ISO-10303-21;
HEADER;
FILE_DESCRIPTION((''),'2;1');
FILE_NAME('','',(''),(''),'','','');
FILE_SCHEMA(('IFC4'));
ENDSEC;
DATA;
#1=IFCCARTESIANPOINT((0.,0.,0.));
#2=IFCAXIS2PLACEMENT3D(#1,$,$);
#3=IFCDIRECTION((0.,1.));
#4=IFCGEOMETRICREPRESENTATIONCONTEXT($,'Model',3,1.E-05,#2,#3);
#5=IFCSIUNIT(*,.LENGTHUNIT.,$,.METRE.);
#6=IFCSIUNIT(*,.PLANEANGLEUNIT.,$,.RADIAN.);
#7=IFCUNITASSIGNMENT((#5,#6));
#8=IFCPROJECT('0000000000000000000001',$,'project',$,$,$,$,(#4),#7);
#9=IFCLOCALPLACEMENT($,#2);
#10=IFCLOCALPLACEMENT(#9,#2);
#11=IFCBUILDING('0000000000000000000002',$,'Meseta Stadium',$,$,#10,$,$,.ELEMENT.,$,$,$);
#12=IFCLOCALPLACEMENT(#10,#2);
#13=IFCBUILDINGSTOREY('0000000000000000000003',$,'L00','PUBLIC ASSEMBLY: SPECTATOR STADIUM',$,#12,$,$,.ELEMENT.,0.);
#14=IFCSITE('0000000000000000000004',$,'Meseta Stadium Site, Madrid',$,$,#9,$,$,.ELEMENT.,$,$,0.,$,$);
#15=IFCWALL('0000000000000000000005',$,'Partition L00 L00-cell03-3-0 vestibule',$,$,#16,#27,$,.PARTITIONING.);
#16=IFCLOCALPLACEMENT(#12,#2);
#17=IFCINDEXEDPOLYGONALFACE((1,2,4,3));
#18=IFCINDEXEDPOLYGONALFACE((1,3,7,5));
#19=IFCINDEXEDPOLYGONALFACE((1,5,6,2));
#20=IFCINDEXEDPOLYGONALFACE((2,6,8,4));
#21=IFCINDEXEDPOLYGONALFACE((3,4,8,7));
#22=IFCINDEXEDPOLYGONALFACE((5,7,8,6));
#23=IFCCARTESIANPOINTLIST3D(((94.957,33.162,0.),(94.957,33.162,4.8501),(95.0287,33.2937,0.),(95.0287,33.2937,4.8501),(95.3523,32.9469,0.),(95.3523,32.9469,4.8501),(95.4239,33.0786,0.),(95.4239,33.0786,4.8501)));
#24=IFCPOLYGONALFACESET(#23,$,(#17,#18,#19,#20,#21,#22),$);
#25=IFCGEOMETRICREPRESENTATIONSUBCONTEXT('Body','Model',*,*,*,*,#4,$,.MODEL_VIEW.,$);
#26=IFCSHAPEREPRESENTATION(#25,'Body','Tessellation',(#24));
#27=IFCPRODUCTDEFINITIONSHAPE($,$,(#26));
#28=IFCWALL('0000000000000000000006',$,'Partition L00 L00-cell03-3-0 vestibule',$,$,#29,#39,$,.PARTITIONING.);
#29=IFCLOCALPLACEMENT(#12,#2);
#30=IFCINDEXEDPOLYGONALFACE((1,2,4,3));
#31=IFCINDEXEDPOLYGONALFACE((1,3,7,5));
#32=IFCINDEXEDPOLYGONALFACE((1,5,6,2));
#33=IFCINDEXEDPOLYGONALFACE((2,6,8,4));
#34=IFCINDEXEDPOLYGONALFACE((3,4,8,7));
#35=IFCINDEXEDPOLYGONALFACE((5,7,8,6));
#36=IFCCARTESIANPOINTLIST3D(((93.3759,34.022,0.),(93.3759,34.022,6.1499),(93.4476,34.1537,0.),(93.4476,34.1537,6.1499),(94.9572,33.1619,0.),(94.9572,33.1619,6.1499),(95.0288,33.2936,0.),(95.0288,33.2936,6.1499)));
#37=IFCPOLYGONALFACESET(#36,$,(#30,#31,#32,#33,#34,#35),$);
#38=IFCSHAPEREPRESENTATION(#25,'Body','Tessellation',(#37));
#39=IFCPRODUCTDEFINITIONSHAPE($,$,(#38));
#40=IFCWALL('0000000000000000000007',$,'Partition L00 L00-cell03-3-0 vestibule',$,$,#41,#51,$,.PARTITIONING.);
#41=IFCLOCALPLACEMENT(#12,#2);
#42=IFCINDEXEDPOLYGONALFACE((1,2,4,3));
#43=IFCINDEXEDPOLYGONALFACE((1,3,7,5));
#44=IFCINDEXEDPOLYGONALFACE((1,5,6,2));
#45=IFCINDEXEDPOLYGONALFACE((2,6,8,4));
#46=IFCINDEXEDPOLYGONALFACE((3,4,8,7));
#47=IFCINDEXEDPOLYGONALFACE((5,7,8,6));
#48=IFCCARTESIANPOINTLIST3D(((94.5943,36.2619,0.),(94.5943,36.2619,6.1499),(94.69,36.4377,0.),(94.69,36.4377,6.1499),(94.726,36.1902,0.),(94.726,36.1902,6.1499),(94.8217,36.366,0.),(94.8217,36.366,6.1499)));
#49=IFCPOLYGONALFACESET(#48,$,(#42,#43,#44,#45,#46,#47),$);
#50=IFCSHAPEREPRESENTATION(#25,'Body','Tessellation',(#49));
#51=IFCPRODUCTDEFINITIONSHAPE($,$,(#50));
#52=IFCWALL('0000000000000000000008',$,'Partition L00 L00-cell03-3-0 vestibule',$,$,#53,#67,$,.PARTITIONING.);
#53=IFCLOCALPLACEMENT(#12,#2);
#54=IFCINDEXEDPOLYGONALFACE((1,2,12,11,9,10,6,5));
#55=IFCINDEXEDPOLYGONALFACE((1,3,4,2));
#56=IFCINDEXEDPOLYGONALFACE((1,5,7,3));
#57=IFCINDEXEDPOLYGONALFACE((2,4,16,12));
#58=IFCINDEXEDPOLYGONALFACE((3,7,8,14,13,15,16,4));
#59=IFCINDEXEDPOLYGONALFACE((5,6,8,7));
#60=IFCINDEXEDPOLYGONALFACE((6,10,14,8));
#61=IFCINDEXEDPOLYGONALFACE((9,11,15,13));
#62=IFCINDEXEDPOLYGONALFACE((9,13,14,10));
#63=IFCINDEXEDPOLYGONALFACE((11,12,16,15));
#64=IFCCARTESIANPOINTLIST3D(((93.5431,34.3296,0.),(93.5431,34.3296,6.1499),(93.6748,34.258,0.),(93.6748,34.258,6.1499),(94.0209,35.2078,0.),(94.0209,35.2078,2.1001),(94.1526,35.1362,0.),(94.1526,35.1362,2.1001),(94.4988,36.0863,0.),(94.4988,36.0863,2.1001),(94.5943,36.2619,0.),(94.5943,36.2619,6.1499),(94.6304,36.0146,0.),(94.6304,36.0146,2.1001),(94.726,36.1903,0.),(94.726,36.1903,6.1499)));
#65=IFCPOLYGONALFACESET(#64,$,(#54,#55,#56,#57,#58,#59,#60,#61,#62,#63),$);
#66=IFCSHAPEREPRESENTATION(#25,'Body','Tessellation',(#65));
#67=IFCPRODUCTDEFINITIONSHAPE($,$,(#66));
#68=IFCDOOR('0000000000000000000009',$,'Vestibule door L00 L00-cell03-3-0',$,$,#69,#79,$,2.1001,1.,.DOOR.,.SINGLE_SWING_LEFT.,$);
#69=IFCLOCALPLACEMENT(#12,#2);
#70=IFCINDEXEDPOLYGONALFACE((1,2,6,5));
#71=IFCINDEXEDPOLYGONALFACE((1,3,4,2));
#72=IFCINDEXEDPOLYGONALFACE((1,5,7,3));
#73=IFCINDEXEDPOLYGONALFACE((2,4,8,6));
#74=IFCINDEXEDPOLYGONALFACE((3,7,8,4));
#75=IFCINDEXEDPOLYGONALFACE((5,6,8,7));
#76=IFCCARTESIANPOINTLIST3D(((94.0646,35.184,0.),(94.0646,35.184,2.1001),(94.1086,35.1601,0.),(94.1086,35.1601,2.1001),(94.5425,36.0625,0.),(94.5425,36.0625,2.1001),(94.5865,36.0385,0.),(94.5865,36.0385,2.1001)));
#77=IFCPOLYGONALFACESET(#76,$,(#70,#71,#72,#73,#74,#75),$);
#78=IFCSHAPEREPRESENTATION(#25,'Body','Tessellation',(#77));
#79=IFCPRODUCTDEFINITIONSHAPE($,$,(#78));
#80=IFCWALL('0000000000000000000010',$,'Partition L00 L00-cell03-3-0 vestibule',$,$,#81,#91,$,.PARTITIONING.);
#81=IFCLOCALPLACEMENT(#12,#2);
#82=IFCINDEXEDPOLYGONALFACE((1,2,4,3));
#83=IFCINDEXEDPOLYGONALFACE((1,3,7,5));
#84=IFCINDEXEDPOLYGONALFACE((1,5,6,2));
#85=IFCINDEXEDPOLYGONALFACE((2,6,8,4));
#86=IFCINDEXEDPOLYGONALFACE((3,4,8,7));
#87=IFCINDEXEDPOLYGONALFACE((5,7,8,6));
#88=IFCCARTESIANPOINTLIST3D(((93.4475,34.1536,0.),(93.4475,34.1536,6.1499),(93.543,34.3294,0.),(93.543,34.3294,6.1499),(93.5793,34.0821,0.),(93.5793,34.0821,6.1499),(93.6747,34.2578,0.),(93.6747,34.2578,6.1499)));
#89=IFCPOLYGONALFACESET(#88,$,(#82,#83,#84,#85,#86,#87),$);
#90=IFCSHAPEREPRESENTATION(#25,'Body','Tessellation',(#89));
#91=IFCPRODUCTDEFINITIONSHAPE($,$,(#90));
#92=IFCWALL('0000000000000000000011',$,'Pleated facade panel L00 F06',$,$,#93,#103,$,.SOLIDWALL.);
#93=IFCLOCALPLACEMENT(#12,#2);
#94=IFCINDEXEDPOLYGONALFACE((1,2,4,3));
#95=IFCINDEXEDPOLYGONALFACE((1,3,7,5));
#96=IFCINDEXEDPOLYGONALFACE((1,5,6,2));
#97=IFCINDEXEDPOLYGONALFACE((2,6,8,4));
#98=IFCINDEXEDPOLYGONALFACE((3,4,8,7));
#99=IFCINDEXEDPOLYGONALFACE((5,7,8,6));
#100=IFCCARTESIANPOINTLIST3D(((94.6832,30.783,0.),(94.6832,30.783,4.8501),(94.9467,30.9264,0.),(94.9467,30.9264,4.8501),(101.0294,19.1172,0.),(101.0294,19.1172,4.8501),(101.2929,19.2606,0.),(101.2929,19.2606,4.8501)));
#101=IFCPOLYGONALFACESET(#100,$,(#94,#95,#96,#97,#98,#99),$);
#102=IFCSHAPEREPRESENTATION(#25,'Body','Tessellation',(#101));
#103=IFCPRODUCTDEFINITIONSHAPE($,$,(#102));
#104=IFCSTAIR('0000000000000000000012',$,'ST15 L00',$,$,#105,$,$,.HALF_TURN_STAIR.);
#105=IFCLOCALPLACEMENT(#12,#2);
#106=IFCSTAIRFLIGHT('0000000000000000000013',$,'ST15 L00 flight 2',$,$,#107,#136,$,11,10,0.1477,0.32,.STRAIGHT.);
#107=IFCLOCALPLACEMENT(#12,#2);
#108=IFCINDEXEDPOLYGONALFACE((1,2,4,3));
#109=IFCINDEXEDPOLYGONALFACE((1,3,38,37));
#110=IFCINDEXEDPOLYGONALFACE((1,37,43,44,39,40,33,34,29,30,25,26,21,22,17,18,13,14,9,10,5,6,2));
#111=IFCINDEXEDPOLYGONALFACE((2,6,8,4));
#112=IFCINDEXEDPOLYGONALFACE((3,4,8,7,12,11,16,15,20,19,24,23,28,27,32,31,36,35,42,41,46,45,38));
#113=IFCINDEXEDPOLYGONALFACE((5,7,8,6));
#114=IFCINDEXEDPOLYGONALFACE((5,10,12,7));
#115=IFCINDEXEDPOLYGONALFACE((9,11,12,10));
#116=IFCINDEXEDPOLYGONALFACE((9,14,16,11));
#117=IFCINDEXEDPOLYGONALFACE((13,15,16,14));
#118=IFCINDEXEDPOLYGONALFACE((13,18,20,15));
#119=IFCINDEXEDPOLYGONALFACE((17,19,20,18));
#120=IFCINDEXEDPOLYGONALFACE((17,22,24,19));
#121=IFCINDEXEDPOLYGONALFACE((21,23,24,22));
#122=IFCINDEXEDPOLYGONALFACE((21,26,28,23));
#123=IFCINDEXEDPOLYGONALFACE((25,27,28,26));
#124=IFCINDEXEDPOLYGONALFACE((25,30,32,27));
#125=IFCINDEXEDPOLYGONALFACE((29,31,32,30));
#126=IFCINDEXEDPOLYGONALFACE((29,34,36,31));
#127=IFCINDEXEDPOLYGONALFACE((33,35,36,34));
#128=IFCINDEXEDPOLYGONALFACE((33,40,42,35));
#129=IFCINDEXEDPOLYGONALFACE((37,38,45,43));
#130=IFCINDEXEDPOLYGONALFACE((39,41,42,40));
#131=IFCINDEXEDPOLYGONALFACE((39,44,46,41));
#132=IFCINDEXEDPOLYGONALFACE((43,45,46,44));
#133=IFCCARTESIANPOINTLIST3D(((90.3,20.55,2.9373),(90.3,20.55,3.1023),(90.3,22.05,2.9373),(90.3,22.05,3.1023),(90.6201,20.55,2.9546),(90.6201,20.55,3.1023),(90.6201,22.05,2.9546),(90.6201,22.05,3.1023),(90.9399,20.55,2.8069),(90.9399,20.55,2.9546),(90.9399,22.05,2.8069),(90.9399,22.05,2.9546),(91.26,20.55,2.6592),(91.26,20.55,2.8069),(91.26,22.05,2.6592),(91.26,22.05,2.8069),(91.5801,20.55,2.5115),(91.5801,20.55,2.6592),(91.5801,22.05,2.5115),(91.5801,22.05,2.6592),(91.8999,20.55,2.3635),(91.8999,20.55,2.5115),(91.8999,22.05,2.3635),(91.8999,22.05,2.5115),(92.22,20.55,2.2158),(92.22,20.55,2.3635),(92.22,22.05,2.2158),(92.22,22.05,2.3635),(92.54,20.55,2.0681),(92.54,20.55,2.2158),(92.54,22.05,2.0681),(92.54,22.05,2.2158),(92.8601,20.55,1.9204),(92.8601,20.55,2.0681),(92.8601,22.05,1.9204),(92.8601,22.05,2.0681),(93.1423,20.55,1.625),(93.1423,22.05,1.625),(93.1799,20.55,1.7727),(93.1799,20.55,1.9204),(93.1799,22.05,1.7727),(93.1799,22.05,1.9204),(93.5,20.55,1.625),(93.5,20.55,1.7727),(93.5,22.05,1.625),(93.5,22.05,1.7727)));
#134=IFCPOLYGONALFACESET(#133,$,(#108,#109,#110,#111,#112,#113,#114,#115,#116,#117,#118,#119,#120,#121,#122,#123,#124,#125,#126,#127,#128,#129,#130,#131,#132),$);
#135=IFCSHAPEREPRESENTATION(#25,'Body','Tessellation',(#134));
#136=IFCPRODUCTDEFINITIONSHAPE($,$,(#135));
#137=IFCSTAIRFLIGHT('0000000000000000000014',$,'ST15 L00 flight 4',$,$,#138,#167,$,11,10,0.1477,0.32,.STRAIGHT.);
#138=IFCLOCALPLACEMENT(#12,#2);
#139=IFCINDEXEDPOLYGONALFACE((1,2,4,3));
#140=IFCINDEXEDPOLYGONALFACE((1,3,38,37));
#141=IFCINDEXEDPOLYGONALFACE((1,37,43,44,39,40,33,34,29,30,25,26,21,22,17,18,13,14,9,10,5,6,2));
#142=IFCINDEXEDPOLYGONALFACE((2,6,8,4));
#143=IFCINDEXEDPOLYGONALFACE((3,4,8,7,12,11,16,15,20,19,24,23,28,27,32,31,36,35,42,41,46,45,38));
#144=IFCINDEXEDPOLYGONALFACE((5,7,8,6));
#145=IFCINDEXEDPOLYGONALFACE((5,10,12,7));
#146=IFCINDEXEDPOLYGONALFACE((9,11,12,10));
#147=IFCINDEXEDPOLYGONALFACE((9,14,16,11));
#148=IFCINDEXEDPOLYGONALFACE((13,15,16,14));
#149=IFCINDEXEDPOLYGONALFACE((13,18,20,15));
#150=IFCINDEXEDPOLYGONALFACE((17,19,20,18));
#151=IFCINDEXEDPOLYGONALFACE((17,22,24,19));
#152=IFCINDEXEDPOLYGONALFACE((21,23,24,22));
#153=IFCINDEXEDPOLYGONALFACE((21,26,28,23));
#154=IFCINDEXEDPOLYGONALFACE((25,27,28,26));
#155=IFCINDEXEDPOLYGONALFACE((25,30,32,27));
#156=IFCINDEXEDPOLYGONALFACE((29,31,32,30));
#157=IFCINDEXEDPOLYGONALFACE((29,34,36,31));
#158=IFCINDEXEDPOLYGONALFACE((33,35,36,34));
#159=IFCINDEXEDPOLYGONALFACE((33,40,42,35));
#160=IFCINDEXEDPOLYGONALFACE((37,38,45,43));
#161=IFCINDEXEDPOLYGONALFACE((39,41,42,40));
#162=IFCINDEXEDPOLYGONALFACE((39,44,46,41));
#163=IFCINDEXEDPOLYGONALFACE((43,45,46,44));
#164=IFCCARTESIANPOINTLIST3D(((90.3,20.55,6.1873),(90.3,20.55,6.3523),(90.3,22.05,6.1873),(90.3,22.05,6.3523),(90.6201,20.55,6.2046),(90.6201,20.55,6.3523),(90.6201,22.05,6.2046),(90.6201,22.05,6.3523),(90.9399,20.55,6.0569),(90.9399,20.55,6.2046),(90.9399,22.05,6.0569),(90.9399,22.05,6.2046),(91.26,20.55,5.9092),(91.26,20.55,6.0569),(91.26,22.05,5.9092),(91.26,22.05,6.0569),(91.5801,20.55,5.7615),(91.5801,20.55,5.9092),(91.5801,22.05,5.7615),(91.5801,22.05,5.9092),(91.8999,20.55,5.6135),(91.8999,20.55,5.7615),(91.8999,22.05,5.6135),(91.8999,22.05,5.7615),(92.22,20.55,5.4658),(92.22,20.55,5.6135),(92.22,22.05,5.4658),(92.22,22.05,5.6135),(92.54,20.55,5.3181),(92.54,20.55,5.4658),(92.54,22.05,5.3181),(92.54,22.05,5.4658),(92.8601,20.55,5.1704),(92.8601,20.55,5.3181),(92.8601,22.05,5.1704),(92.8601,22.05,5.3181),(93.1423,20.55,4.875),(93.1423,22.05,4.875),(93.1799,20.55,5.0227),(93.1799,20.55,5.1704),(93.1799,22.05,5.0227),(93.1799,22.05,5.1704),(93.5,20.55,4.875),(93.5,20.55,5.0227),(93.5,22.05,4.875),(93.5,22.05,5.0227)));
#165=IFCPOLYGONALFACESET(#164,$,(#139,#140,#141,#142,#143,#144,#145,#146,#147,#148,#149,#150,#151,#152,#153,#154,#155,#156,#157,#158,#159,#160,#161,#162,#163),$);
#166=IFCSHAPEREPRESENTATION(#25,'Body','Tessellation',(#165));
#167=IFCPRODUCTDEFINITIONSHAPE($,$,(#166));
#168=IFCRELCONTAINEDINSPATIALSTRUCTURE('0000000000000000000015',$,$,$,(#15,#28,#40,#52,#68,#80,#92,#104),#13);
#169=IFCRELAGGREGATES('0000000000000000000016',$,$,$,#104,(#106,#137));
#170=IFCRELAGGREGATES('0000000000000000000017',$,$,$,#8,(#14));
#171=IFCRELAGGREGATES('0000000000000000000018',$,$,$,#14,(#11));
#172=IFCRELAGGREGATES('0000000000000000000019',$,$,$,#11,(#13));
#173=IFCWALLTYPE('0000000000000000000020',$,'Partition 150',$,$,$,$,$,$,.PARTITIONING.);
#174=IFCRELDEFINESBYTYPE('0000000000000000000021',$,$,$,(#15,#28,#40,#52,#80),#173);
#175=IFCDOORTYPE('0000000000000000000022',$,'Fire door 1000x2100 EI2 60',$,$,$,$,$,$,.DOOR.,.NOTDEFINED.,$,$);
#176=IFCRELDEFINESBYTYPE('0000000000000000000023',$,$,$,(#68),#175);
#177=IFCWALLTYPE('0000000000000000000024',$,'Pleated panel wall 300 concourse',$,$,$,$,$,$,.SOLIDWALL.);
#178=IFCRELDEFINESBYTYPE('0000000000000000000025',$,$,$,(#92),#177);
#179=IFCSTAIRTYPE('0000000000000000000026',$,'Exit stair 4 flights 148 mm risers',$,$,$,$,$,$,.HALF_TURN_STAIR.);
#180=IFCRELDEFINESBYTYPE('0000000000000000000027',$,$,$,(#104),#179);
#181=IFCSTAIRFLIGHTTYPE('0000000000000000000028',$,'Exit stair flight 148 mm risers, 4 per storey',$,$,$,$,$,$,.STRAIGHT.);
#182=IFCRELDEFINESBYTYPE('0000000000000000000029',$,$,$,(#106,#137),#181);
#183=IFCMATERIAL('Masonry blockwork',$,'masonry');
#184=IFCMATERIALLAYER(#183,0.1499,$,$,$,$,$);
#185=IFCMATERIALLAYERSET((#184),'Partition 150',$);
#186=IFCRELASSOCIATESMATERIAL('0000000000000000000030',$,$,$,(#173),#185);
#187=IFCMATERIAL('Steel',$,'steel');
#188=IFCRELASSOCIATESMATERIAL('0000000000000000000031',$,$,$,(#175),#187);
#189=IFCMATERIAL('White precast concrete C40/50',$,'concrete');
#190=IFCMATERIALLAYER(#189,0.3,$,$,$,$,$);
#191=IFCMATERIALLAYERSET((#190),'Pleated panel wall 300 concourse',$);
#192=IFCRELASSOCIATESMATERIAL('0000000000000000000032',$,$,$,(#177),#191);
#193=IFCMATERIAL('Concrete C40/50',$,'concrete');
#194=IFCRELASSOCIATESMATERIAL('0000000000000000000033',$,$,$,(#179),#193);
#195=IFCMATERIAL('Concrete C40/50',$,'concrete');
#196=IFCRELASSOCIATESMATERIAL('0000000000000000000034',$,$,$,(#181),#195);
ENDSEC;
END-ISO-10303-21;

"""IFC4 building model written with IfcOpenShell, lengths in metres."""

from ifc_helpers import new_model, si_unit, direction, frame, frame_2d, origin, place, context, subcontext, project, spatial, polyline, rectangle, outline, extrude, material, layer, layer_set, type_object, element, fill, aggregate, save


model = new_model("IFC4")

# Units and contexts
model_context = context("Model", 3, precision=1e-05, world=origin(), true_north=direction((0.0, 1.0)))
body_context = subcontext(model_context, "Body", "Model", "MODEL_VIEW")
ifc_project = project(units=[si_unit("LENGTHUNIT", "METRE"), si_unit("PLANEANGLEUNIT", "RADIAN")], contexts=[model_context])

# Site, building, storey
site_placement = place(None, origin())
site = spatial("IfcSite", under=ifc_project, at=site_placement, Name="Meseta Stadium Site, Madrid", CompositionType="ELEMENT", RefElevation=0.0)
building_placement = place(site_placement, origin())
building = spatial("IfcBuilding", under=site, at=building_placement, Name="Meseta Stadium", CompositionType="ELEMENT")
storey_placement = place(building_placement, origin())
storey = spatial("IfcBuildingStorey", under=building, at=storey_placement, Name="L00", Description="PUBLIC ASSEMBLY: SPECTATOR STADIUM", CompositionType="ELEMENT", Elevation=0.0)

# Shared definitions
ifc_material_1 = material(Name="Masonry blockwork", Category="masonry")
ifc_layer_1 = layer(ifc_material_1, 0.1499)
ifc_layer_set_1 = layer_set([ifc_layer_1], Name="Partition 150")
wall_type_1 = type_object("IfcWallType", Name="Partition 150", PredefinedType="PARTITIONING", material=ifc_layer_set_1)
ifc_material_2 = material(Name="Steel", Category="steel")
door_type = type_object("IfcDoorType", Name="Fire door 1000x2100 EI2 60", OperationType="NOTDEFINED", PredefinedType="DOOR", material=ifc_material_2)

# Walls
wall_1_placement = place(storey_placement, frame((95.3882, 33.0127, 0.0), z_axis=(0.0, 0.0, 1.0), x_axis=(-0.878372, 0.477978, 0.0)))
element("IfcWall", 1, at=wall_1_placement, inside=storey, type_object=wall_type_1, Name="Partition L00 L00-cell03-3-0 vestibule", PredefinedType="PARTITIONING", context=body_context, shape_type="SweptSolid", body=[
    extrude(rectangle(XDim=0.45, YDim=0.1499, at=frame_2d((0.2251, 0.0))), origin(), (0.0, 0.0, 1.0), 4.8501),
])
wall_2_placement = place(storey_placement, frame((94.9929, 33.2278, 0.0), z_axis=(0.0, 0.0, 1.0), x_axis=(-0.87846, 0.477816, 0.0)))
element("IfcWall", 2, at=wall_2_placement, inside=storey, type_object=wall_type_1, Name="Partition L00 L00-cell03-3-0 vestibule", PredefinedType="PARTITIONING", context=body_context, shape_type="SweptSolid", body=[
    extrude(rectangle(XDim=1.8, YDim=0.1499, at=frame_2d((0.8999, 0.0))), origin(), (0.0, 0.0, 1.0), 6.1499),
])
wall_3_placement = place(storey_placement, frame((94.7559, 36.4019, 0.0), z_axis=(0.0, 0.0, 1.0), x_axis=(-0.478168, -0.878268, 0.0)))
element("IfcWall", 3, at=wall_3_placement, inside=storey, type_object=wall_type_1, Name="Partition L00 L00-cell03-3-0 vestibule", PredefinedType="PARTITIONING", context=body_context, shape_type="SweptSolid", body=[
    extrude(rectangle(XDim=0.2002, YDim=0.1499, at=frame_2d((0.1001, 0.0))), origin(), (0.0, 0.0, 1.0), 6.1499),
])

# Wall, opening, door
wall_4_placement = place(storey_placement, frame((94.6602, 36.2261, 0.0), z_axis=(0.0, 0.0, 1.0), x_axis=(-0.477888, -0.878421, 0.0)))
wall_4 = element("IfcWall", 4, at=wall_4_placement, inside=storey, type_object=wall_type_1, Name="Partition L00 L00-cell03-3-0 vestibule", PredefinedType="PARTITIONING", context=body_context, shape_type="SweptSolid", body=[
    extrude(rectangle(XDim=2.1997, YDim=0.1499, at=frame_2d((1.0999, 0.0))), origin(), (0.0, 0.0, 1.0), 6.1499),
])
opening_1_placement = place(wall_4_placement, frame((0.2, 0.0, 0.0)))
opening_1 = element("IfcOpeningElement", 5, at=opening_1_placement, cuts=wall_4, PredefinedType="OPENING", context=body_context, shape_type="SweptSolid", body=[
    extrude(rectangle(XDim=1.0, YDim=2.1001, at=frame_2d((0.5, 1.05))), frame((0.0, 0.085, 0.0), z_axis=(0.0, -1.0, 0.0), x_axis=(1.0, 0.0, 0.0)), (0.0, 0.0, 1.0), 0.1699),
])
door_1_placement = place(opening_1_placement, origin())
door_1 = element("IfcDoor", 6, at=door_1_placement, inside=storey, type_object=door_type, Name="Vestibule door L00 L00-cell03-3-0", OperationType="SINGLE_SWING_LEFT", OverallHeight=2.1001, OverallWidth=1.0, PredefinedType="DOOR", context=body_context, shape_type="SweptSolid", body=[
    extrude(rectangle(XDim=1.0, YDim=2.1001, at=frame_2d((0.5, 1.05))), frame((0.0, 0.0249, 0.0), z_axis=(0.0, -1.0, 0.0), x_axis=(1.0, 0.0, 0.0)), (0.0, 0.0, 1.0), 0.05),
])
fill(opening_1, door_1)

# Walls
wall_5_placement = place(storey_placement, frame((93.6089, 34.2937, 0.0), z_axis=(0.0, 0.0, 1.0), x_axis=(-0.477227, -0.87878, 0.0)))
element("IfcWall", 7, at=wall_5_placement, inside=storey, type_object=wall_type_1, Name="Partition L00 L00-cell03-3-0 vestibule", PredefinedType="PARTITIONING", context=body_context, shape_type="SweptSolid", body=[
    extrude(rectangle(XDim=0.2, YDim=0.1499, at=frame_2d((0.1001, 0.0))), origin(), (0.0, 0.0, 1.0), 6.1499),
])
ifc_material_3 = material(Name="White precast concrete C40/50", Category="concrete")
ifc_layer_2 = layer(ifc_material_3, 0.3)
ifc_layer_set_2 = layer_set([ifc_layer_2], Name="Pleated panel wall 300 concourse")
wall_type_2 = type_object("IfcWallType", Name="Pleated panel wall 300 concourse", PredefinedType="SOLIDWALL", material=ifc_layer_set_2)
wall_6_placement = place(storey_placement, frame((94.8149, 30.8547, 0.0), z_axis=(0.0, 0.0, 1.0), x_axis=(0.477868, -0.878432, 0.0)))
element("IfcWall", 8, at=wall_6_placement, inside=storey, type_object=wall_type_2, Name="Pleated facade panel L00 F06", PredefinedType="SOLIDWALL", context=body_context, shape_type="SweptSolid", body=[
    extrude(rectangle(XDim=13.2803, YDim=0.3, at=frame_2d((6.6401, 0.0))), origin(), (0.0, 0.0, 1.0), 4.8501),
])

# Stair, stair flights
ifc_material_4 = material(Name="Concrete C40/50", Category="concrete")
stair_type = type_object("IfcStairType", Name="Exit stair 4 flights 148 mm risers", PredefinedType="HALF_TURN_STAIR", material=ifc_material_4)
stair_1_placement = place(storey_placement, origin())
stair_1 = element("IfcStair", 9, at=stair_1_placement, inside=storey, type_object=stair_type, Name="ST15 L00", PredefinedType="HALF_TURN_STAIR")
ifc_material_5 = material(Name="Concrete C40/50", Category="concrete")
stair_flight_type = type_object("IfcStairFlightType", Name="Exit stair flight 148 mm risers, 4 per storey", PredefinedType="STRAIGHT", material=ifc_material_5)
stair_flight_1_placement = place(storey_placement, frame((93.5, 21.3, 1.625), z_axis=(0.0, 0.0, 1.0), x_axis=(-1.0, 0.0, 0.0)))
stair_flight_1 = element("IfcStairFlight", 10, at=stair_flight_1_placement, type_object=stair_flight_type, Name="ST15 L00 flight 2", NumberOfRisers=11, NumberOfTreads=10, PredefinedType="STRAIGHT", RiserHeight=0.1477, TreadLength=0.32, context=body_context, shape_type="SweptSolid", body=[
    extrude(outline(polyline([(0.0, 0.0), (0.0, 0.1477), (0.3201, 0.1477), (0.3201, 0.2954), (0.6399, 0.2954), (0.6399, 0.4431), (0.96, 0.4431), (0.96, 0.5908), (1.28, 0.5908), (1.28, 0.7385), (1.6001, 0.7385), (1.6001, 0.8865), (1.9199, 0.8865), (1.9199, 1.0342), (2.24, 1.0342), (2.24, 1.1819), (2.5601, 1.1819), (2.5601, 1.3296), (2.8799, 1.3296), (2.8799, 1.4773), (3.2, 1.4773), (3.2, 1.3123), (0.3577, 0.0), (0.0, 0.0)])), frame((0.0, 0.75, 0.0), z_axis=(0.0, -1.0, 0.0), x_axis=(1.0, 0.0, 0.0)), (0.0, 0.0, 1.0), 1.5),
])
stair_flight_2_placement = place(storey_placement, frame((93.5, 21.3, 4.875), z_axis=(0.0, 0.0, 1.0), x_axis=(-1.0, 0.0, 0.0)))
stair_flight_2 = element("IfcStairFlight", 11, at=stair_flight_2_placement, type_object=stair_flight_type, Name="ST15 L00 flight 4", NumberOfRisers=11, NumberOfTreads=10, PredefinedType="STRAIGHT", RiserHeight=0.1477, TreadLength=0.32, context=body_context, shape_type="SweptSolid", body=[
    extrude(outline(polyline([(0.0, 0.0), (0.0, 0.1477), (0.3201, 0.1477), (0.3201, 0.2954), (0.6399, 0.2954), (0.6399, 0.4431), (0.96, 0.4431), (0.96, 0.5908), (1.28, 0.5908), (1.28, 0.7385), (1.6001, 0.7385), (1.6001, 0.8865), (1.9199, 0.8865), (1.9199, 1.0342), (2.24, 1.0342), (2.24, 1.1819), (2.5601, 1.1819), (2.5601, 1.3296), (2.8799, 1.3296), (2.8799, 1.4773), (3.2, 1.4773), (3.2, 1.3123), (0.3577, 0.0), (0.0, 0.0)])), frame((0.0, 0.75, 0.0), z_axis=(0.0, -1.0, 0.0), x_axis=(1.0, 0.0, 0.0)), (0.0, 0.0, 1.0), 1.5),
])
aggregate(stair_1, [stair_flight_1, stair_flight_2])

save(model, "model.ifc")
